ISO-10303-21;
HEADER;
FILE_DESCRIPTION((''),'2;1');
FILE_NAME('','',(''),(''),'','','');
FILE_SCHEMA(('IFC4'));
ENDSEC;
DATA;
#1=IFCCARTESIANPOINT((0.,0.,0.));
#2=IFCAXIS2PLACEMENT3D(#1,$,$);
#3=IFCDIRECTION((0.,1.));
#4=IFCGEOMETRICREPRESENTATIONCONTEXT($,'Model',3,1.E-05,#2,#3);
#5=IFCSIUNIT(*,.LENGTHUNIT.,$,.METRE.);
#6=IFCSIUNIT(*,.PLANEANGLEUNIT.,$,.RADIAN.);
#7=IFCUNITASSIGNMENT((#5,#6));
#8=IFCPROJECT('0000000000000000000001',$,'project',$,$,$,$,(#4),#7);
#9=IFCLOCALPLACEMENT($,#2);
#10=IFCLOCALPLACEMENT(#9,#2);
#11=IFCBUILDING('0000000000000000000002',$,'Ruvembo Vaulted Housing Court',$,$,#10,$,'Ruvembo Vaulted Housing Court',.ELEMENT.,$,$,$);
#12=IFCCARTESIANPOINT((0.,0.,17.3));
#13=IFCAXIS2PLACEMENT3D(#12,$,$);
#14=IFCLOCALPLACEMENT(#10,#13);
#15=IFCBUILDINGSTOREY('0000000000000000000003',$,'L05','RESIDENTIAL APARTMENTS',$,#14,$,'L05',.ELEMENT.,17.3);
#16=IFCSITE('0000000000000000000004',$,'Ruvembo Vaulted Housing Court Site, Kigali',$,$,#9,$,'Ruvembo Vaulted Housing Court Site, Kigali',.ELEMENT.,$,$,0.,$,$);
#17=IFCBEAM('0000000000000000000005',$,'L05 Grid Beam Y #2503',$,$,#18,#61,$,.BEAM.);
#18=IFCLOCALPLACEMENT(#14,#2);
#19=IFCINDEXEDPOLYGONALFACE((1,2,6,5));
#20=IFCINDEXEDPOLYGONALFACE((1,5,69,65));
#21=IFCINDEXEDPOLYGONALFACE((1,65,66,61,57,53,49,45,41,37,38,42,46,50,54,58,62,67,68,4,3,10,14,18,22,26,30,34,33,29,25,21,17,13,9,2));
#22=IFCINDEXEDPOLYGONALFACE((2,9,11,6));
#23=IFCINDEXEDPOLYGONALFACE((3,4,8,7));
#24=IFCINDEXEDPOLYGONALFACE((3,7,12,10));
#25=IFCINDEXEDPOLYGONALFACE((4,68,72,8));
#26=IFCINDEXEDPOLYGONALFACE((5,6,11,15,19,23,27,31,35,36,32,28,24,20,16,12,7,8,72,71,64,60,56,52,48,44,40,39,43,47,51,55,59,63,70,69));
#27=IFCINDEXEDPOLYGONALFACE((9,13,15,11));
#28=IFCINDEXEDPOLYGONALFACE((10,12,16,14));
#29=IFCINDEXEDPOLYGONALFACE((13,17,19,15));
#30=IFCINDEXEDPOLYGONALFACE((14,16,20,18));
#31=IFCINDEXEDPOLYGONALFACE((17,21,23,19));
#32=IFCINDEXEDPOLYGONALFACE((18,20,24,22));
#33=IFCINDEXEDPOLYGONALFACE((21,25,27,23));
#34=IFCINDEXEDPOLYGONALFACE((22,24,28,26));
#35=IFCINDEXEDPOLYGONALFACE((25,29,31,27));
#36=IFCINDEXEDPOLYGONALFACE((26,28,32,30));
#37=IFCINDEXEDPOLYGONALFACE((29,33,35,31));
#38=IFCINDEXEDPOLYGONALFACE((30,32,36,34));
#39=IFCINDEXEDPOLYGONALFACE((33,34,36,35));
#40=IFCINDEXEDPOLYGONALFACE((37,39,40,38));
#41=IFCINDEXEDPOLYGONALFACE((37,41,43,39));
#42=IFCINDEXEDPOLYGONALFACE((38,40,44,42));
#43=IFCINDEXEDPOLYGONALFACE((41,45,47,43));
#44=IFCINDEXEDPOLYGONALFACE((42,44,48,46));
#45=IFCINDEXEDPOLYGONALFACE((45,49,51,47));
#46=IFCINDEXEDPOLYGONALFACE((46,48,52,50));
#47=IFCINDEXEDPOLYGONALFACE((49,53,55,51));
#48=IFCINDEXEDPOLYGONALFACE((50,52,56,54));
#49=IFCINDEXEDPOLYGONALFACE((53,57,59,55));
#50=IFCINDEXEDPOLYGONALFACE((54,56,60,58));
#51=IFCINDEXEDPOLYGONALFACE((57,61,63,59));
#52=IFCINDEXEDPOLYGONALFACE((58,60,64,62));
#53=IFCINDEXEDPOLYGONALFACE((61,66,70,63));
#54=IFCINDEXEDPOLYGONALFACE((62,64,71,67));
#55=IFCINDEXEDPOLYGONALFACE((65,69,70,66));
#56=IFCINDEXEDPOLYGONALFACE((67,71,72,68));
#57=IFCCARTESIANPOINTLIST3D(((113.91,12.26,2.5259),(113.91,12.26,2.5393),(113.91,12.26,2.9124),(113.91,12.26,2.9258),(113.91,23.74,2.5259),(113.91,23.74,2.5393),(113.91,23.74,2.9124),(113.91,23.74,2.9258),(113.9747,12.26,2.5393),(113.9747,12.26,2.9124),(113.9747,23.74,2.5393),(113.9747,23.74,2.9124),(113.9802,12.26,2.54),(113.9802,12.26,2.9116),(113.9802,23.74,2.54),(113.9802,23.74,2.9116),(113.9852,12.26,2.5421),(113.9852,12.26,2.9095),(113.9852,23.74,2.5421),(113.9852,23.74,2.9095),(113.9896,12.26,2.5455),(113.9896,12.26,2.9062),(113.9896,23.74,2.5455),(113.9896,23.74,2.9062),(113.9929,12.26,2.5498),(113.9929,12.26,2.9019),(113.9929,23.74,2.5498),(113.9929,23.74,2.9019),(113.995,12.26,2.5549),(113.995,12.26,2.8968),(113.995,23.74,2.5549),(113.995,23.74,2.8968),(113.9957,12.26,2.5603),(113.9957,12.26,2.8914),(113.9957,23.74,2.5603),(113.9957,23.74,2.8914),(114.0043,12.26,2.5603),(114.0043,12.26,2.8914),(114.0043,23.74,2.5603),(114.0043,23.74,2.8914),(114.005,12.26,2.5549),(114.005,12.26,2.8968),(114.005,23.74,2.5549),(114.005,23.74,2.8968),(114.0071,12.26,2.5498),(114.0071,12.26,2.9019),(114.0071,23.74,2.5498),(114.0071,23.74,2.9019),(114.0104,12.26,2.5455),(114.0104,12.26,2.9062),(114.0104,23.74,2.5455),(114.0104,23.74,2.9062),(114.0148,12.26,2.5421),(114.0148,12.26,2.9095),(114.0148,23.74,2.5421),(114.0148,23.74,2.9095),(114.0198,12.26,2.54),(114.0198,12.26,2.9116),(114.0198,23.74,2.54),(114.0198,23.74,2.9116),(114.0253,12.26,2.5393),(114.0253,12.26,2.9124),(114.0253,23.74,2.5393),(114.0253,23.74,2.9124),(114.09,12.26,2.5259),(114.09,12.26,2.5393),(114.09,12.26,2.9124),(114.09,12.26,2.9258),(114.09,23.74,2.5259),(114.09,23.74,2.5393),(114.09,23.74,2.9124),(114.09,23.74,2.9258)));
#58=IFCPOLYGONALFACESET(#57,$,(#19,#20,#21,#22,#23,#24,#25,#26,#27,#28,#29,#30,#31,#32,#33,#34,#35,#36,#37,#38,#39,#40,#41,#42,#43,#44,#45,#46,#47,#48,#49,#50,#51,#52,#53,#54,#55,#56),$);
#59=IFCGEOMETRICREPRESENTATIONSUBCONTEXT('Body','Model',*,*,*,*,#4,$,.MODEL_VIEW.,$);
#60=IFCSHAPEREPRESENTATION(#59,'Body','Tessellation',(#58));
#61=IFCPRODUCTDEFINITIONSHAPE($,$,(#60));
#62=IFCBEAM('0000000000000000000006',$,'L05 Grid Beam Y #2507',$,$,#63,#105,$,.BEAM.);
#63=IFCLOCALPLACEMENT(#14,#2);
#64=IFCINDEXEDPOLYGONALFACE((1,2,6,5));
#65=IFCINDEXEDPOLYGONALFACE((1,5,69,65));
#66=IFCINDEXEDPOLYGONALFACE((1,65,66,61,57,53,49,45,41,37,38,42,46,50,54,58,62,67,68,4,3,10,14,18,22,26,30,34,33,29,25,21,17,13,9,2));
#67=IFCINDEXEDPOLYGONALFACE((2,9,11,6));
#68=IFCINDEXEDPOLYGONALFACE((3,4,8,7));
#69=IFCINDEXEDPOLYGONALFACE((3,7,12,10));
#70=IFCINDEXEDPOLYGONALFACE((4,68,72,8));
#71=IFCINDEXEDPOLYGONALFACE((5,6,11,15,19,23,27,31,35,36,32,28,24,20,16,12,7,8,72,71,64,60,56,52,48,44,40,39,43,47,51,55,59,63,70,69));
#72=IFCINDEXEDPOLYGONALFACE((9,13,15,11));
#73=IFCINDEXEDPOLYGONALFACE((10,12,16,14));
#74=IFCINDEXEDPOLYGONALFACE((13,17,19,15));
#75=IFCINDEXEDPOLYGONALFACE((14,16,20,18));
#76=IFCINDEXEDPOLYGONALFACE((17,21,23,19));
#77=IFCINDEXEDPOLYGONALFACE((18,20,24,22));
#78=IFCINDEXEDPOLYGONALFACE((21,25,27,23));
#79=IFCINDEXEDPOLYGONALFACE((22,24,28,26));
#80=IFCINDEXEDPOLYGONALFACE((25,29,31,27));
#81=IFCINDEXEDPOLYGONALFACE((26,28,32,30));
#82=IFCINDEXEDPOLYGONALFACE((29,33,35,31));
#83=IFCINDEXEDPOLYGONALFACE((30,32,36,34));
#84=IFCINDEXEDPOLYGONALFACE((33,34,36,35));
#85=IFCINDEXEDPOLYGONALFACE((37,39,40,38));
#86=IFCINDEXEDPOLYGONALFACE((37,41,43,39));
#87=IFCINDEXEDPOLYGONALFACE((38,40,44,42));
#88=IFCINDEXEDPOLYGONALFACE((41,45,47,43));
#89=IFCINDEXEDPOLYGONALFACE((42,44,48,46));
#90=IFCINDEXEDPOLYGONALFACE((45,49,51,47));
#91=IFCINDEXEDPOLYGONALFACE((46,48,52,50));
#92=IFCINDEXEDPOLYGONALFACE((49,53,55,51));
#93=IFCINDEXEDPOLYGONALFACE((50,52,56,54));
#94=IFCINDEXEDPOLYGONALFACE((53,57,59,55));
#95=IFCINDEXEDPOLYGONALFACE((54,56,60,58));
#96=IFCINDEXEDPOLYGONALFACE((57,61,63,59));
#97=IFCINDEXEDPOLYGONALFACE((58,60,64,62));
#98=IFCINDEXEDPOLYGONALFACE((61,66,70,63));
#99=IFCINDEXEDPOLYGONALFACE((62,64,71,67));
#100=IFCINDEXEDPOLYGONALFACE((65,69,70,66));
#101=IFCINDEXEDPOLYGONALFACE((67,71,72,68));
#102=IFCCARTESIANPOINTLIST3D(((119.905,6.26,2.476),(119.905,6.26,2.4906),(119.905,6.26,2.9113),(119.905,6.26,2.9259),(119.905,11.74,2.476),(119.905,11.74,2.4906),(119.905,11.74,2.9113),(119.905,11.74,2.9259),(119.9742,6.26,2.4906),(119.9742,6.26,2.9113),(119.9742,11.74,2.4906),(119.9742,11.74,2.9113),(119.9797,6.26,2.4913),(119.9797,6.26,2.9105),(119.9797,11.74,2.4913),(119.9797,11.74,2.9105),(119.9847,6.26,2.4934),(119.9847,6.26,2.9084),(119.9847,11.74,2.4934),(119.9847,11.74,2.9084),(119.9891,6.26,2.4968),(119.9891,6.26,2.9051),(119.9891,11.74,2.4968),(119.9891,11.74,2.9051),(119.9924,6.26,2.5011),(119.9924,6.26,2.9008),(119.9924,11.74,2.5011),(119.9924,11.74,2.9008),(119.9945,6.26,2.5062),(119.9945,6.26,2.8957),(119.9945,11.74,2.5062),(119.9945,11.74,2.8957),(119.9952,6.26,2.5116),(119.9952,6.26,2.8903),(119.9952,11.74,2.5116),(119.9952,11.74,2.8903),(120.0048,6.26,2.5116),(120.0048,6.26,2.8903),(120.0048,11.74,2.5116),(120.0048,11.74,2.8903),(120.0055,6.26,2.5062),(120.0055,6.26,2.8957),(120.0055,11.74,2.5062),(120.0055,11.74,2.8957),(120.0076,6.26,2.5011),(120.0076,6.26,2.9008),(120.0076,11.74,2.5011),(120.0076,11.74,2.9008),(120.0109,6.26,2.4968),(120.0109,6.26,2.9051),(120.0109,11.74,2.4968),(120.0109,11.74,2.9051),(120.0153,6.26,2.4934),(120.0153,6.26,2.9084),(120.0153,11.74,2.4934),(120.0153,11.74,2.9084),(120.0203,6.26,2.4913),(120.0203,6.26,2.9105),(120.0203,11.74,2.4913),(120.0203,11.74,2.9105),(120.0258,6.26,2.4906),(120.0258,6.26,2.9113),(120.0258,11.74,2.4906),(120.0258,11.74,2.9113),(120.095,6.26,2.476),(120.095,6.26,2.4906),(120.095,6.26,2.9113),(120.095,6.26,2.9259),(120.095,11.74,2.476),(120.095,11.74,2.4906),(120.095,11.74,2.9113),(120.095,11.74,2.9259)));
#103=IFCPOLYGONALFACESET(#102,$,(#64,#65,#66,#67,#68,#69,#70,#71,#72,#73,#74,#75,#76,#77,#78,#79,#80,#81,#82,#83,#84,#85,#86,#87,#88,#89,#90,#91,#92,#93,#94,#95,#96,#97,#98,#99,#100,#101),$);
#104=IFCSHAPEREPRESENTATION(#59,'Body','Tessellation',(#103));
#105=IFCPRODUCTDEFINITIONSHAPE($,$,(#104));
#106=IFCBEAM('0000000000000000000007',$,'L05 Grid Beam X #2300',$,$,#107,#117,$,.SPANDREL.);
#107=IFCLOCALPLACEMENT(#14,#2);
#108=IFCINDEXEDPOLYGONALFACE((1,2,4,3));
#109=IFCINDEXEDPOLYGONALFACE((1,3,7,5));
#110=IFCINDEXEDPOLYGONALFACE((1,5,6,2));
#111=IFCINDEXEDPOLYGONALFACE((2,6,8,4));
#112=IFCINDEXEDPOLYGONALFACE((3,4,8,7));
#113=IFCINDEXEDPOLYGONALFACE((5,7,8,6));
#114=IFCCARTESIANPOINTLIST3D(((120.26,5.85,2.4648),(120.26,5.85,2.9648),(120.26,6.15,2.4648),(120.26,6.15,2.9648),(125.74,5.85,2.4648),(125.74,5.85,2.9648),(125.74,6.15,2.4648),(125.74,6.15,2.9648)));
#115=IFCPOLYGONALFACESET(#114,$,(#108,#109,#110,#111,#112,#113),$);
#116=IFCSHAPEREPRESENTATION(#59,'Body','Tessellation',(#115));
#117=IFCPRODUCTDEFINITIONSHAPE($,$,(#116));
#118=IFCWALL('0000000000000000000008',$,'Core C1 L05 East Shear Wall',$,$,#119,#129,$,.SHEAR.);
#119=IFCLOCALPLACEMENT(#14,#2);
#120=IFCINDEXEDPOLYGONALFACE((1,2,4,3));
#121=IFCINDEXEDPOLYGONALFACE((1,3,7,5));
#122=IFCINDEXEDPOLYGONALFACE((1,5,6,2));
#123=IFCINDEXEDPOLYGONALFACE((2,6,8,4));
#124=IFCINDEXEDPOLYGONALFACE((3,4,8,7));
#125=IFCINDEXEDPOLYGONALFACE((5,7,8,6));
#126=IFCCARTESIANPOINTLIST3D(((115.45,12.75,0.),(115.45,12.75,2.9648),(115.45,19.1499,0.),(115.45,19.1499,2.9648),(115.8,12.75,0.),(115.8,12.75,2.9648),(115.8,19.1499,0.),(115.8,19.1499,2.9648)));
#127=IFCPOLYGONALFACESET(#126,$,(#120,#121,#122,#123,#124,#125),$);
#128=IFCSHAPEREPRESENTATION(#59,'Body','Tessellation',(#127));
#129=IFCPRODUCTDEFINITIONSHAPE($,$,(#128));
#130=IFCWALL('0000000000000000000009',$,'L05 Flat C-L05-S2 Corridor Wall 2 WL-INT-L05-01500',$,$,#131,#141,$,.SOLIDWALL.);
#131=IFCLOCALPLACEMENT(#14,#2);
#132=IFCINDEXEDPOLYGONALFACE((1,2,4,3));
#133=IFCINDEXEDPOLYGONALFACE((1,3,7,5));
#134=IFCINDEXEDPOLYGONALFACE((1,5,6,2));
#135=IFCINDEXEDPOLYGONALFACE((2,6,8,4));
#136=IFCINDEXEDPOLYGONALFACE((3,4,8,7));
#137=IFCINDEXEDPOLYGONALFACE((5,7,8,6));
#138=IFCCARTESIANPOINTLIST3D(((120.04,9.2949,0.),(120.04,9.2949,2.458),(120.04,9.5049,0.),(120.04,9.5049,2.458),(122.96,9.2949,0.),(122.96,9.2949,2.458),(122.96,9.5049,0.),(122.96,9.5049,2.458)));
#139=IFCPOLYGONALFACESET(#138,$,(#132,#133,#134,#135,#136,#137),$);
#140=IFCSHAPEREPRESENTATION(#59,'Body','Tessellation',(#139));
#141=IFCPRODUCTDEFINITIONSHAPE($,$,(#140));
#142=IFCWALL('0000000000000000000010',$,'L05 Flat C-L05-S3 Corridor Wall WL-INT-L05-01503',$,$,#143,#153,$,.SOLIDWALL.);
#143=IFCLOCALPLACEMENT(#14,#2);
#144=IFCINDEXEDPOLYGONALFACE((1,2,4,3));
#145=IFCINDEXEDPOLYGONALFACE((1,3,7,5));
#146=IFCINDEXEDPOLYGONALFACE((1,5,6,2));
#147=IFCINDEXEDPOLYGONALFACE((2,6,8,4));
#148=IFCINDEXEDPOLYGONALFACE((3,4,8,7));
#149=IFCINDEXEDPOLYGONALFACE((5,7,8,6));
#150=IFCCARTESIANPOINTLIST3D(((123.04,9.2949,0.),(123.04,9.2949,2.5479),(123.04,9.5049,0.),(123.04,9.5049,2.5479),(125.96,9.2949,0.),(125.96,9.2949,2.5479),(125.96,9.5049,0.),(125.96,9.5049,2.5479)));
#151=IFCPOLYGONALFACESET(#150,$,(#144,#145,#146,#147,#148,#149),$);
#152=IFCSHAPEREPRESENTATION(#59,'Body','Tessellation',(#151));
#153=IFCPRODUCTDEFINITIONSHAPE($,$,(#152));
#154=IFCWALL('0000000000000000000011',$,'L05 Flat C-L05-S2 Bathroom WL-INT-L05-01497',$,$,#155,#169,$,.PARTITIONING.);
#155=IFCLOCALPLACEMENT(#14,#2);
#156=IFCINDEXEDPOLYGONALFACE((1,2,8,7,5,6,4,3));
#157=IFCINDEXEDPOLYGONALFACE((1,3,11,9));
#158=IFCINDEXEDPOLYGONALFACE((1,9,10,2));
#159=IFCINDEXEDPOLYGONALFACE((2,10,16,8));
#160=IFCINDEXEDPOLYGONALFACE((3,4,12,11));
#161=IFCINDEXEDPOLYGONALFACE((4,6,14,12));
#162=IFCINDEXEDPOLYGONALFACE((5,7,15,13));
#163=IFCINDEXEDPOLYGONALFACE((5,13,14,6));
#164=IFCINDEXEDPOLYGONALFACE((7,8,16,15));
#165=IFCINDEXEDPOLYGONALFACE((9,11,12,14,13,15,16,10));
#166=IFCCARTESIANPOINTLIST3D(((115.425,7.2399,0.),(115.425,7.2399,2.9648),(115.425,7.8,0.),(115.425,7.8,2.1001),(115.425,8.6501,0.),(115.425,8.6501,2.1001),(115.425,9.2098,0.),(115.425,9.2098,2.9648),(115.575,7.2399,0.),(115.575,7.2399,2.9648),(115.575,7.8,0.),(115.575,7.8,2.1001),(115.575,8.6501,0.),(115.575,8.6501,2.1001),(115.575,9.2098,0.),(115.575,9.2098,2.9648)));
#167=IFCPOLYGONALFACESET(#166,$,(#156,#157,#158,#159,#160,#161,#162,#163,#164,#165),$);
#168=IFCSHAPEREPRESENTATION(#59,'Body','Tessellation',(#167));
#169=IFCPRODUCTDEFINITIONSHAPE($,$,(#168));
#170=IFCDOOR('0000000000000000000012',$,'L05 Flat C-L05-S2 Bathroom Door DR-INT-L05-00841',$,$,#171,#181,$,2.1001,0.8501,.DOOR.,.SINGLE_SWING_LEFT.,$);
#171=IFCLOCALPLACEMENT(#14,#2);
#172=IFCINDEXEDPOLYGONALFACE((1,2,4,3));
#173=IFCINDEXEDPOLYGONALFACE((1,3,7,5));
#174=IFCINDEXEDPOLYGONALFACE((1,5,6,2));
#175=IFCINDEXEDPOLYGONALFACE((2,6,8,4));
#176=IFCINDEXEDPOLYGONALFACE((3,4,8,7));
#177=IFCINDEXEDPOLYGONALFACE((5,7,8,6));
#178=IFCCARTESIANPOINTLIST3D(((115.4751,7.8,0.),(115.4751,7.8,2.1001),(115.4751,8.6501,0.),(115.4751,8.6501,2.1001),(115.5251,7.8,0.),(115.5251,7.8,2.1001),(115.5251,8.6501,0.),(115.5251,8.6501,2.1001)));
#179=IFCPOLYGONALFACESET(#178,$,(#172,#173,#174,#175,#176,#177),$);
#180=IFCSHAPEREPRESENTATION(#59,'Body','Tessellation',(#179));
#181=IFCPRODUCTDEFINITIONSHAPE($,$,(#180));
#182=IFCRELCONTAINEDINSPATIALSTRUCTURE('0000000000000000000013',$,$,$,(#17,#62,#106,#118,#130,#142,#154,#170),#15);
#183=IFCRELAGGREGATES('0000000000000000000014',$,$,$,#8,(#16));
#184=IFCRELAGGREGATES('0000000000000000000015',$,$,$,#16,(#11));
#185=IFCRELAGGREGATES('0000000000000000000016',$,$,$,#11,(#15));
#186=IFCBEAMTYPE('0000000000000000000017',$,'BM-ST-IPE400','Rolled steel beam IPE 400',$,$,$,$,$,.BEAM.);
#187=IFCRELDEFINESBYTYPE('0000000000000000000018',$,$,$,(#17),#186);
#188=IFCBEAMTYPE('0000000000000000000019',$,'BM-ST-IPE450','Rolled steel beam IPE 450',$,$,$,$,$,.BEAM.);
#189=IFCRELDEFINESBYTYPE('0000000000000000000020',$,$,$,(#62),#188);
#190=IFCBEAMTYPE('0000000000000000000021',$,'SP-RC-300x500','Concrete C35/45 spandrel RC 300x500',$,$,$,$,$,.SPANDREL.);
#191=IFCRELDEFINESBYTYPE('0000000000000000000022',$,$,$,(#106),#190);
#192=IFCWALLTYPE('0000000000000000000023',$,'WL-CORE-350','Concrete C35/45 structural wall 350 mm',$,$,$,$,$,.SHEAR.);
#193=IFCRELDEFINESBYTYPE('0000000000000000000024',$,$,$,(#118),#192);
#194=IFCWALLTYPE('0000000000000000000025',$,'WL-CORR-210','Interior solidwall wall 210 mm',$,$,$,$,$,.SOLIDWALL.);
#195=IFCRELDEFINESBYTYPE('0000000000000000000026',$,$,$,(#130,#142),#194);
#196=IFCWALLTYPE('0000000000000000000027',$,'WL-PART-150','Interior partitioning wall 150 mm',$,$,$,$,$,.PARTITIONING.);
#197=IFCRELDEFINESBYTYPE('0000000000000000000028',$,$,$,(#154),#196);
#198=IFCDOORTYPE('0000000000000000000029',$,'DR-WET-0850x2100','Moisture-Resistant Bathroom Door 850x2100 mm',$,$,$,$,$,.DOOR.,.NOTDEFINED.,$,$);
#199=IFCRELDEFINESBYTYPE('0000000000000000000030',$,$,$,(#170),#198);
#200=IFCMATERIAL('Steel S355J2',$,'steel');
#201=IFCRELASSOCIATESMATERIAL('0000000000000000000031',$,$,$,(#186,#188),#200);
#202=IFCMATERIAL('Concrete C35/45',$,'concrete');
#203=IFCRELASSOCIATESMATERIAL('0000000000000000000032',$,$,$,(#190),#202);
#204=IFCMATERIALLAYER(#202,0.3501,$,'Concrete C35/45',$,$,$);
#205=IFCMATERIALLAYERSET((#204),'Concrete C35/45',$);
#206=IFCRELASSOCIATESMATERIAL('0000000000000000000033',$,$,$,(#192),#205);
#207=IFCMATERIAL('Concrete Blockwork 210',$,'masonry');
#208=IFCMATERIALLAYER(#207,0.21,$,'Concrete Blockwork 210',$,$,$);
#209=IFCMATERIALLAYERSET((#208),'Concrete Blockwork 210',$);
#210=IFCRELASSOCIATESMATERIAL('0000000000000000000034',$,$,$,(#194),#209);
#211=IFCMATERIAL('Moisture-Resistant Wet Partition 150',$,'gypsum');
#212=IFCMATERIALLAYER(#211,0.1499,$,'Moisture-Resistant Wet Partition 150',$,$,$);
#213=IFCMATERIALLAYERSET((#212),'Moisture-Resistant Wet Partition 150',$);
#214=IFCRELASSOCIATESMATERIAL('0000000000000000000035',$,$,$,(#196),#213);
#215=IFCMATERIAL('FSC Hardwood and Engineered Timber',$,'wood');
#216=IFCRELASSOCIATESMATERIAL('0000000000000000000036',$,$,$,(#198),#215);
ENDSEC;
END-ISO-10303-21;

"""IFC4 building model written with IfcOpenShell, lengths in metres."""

from ifc_helpers import new_model, si_unit, direction, frame, frame_2d, origin, origin_2d, place, context, subcontext, project, spatial, rectangle, i_section, extrude, material, layer, layer_set, material_profile, profile_set, type_object, element, fill, save


model = new_model("IFC4")

# Units and contexts
model_context = context("Model", 3, precision=1e-05, world=origin(), true_north=direction((0.0, 1.0)))
body_context = subcontext(model_context, "Body", "Model", "MODEL_VIEW")
ifc_project = project(units=[si_unit("LENGTHUNIT", "METRE"), si_unit("PLANEANGLEUNIT", "RADIAN")], contexts=[model_context])

# Site, building, storey
site_placement = place(None, origin())
site = spatial("IfcSite", under=ifc_project, at=site_placement, Name="Ruvembo Vaulted Housing Court Site, Kigali", LongName="Ruvembo Vaulted Housing Court Site, Kigali", CompositionType="ELEMENT", RefElevation=0.0)
building_placement = place(site_placement, origin())
building = spatial("IfcBuilding", under=site, at=building_placement, Name="Ruvembo Vaulted Housing Court", LongName="Ruvembo Vaulted Housing Court", CompositionType="ELEMENT")
storey_placement = place(building_placement, frame((0.0, 0.0, 17.3)))
storey = spatial("IfcBuildingStorey", under=building, at=storey_placement, Name="L05", Description="RESIDENTIAL APARTMENTS", LongName="L05", CompositionType="ELEMENT", Elevation=17.3)

# Shared definitions
ifc_material_1 = material(Name="Concrete C35/45", Category="concrete")

# Beams
ifc_material_2 = material(Name="Steel S355J2", Category="steel")
ifc_material_profile_1 = material_profile(ifc_material_2, i_section(OverallWidth=0.1799, OverallDepth=0.3999, WebThickness=0.0085, FlangeThickness=0.0134, FilletRadius=0.021, at=origin_2d()), Name="IPE 400")
ifc_profile_set_1 = profile_set([ifc_material_profile_1], Name="Steel S355J2")
beam_type_1 = type_object("IfcBeamType", Name="BM-ST-IPE400", Description="Rolled steel beam IPE 400", PredefinedType="BEAM", material=ifc_profile_set_1)
beam_1_placement = place(storey_placement, frame((114.0, 12.26, 2.7258), z_axis=(0.0, 1.0, 0.0), x_axis=(-1.0, 0.0, 0.0)))
element("IfcBeam", 1, at=beam_1_placement, inside=storey, type_object=beam_type_1, Name="L05 Grid Beam Y #2503", PredefinedType="BEAM", context=body_context, shape_type="SweptSolid", body=[
    extrude(i_section(OverallWidth=0.1799, OverallDepth=0.3999, WebThickness=0.0085, FlangeThickness=0.0134, FilletRadius=0.021, at=origin_2d()), origin(), (0.0, 0.0, 1.0), 11.48),
])
ifc_material_profile_2 = material_profile(ifc_material_2, i_section(OverallWidth=0.1899, OverallDepth=0.45, WebThickness=0.0095, FlangeThickness=0.0146, FilletRadius=0.021, at=origin_2d()), Name="IPE 450")
ifc_profile_set_2 = profile_set([ifc_material_profile_2], Name="Steel S355J2")
beam_type_2 = type_object("IfcBeamType", Name="BM-ST-IPE450", Description="Rolled steel beam IPE 450", PredefinedType="BEAM", material=ifc_profile_set_2)
beam_2_placement = place(storey_placement, frame((120.0, 6.26, 2.7009), z_axis=(0.0, 1.0, 0.0), x_axis=(-1.0, 0.0, 0.0)))
element("IfcBeam", 2, at=beam_2_placement, inside=storey, type_object=beam_type_2, Name="L05 Grid Beam Y #2507", PredefinedType="BEAM", context=body_context, shape_type="SweptSolid", body=[
    extrude(i_section(OverallWidth=0.1899, OverallDepth=0.45, WebThickness=0.0095, FlangeThickness=0.0146, FilletRadius=0.021, at=origin_2d()), origin(), (0.0, 0.0, 1.0), 5.48),
])
ifc_material_profile_3 = material_profile(ifc_material_1, rectangle(XDim=0.3, YDim=0.5, at=origin_2d()), Name="RC 300x500")
ifc_profile_set_3 = profile_set([ifc_material_profile_3], Name="Concrete C35/45")
beam_type_3 = type_object("IfcBeamType", Name="SP-RC-300x500", Description="Concrete C35/45 spandrel RC 300x500", PredefinedType="SPANDREL", material=ifc_profile_set_3)
beam_3_placement = place(storey_placement, frame((120.26, 6.0, 2.7148), z_axis=(1.0, 0.0, 0.0), x_axis=(0.0, 1.0, 0.0)))
element("IfcBeam", 3, at=beam_3_placement, inside=storey, type_object=beam_type_3, Name="L05 Grid Beam X #2300", PredefinedType="SPANDREL", context=body_context, shape_type="SweptSolid", body=[
    extrude(rectangle(XDim=0.3, YDim=0.5, at=origin_2d()), origin(), (0.0, 0.0, 1.0), 5.48),
])

# Wall
ifc_layer_1 = layer(ifc_material_1, 0.3501, Name="Concrete C35/45")
ifc_layer_set_1 = layer_set([ifc_layer_1], Name="Concrete C35/45")
wall_type_1 = type_object("IfcWallType", Name="WL-CORE-350", Description="Concrete C35/45 structural wall 350 mm", PredefinedType="SHEAR", material=ifc_layer_set_1)
wall_1_placement = place(storey_placement, frame((115.625, 12.75, 0.0), z_axis=(0.0, 0.0, 1.0), x_axis=(0.0, 1.0, 0.0)))
element("IfcWall", 4, at=wall_1_placement, inside=storey, type_object=wall_type_1, Name="Core C1 L05 East Shear Wall", PredefinedType="SHEAR", context=body_context, shape_type="SweptSolid", body=[
    extrude(rectangle(XDim=6.3999, YDim=0.3501, at=frame_2d((3.2, 0.0))), origin(), (0.0, 0.0, 1.0), 2.9648),
])

# Shared definitions
ifc_material_3 = material(Name="Concrete Blockwork 210", Category="masonry")
ifc_layer_2 = layer(ifc_material_3, 0.21, Name="Concrete Blockwork 210")
ifc_layer_set_2 = layer_set([ifc_layer_2], Name="Concrete Blockwork 210")
wall_type_2 = type_object("IfcWallType", Name="WL-CORR-210", Description="Interior solidwall wall 210 mm", PredefinedType="SOLIDWALL", material=ifc_layer_set_2)
ifc_material_4 = material(Name="FSC Hardwood and Engineered Timber", Category="wood")

# Walls
wall_2_placement = place(storey_placement, frame((120.04, 9.3999, 0.0), z_axis=(0.0, 0.0, 1.0), x_axis=(1.0, 0.0, 0.0)))
element("IfcWall", 5, at=wall_2_placement, inside=storey, type_object=wall_type_2, Name="L05 Flat C-L05-S2 Corridor Wall 2 WL-INT-L05-01500", PredefinedType="SOLIDWALL", context=body_context, shape_type="SweptSolid", body=[
    extrude(rectangle(XDim=2.9199, YDim=0.21, at=frame_2d((1.46, 0.0))), origin(), (0.0, 0.0, 1.0), 2.458),
])
wall_3_placement = place(storey_placement, frame((123.04, 9.3999, 0.0), z_axis=(0.0, 0.0, 1.0), x_axis=(1.0, 0.0, 0.0)))
element("IfcWall", 6, at=wall_3_placement, inside=storey, type_object=wall_type_2, Name="L05 Flat C-L05-S3 Corridor Wall WL-INT-L05-01503", PredefinedType="SOLIDWALL", context=body_context, shape_type="SweptSolid", body=[
    extrude(rectangle(XDim=2.9199, YDim=0.21, at=frame_2d((1.46, 0.0))), origin(), (0.0, 0.0, 1.0), 2.5479),
])

# Wall, opening, door
ifc_material_5 = material(Name="Moisture-Resistant Wet Partition 150", Category="gypsum")
ifc_layer_3 = layer(ifc_material_5, 0.1499, Name="Moisture-Resistant Wet Partition 150")
ifc_layer_set_3 = layer_set([ifc_layer_3], Name="Moisture-Resistant Wet Partition 150")
wall_type_3 = type_object("IfcWallType", Name="WL-PART-150", Description="Interior partitioning wall 150 mm", PredefinedType="PARTITIONING", material=ifc_layer_set_3)
wall_4_placement = place(storey_placement, frame((115.5, 7.24, 0.0), z_axis=(0.0, 0.0, 1.0), x_axis=(0.0, 1.0, 0.0)))
wall_4 = element("IfcWall", 7, at=wall_4_placement, inside=storey, type_object=wall_type_3, Name="L05 Flat C-L05-S2 Bathroom WL-INT-L05-01497", PredefinedType="PARTITIONING", context=body_context, shape_type="SweptSolid", body=[
    extrude(rectangle(XDim=1.97, YDim=0.1499, at=frame_2d((0.9849, 0.0))), origin(), (0.0, 0.0, 1.0), 2.9648),
])
opening_1_placement = place(wall_4_placement, frame((0.5601, 0.0, 0.0)))
opening_1 = element("IfcOpeningElement", 8, at=opening_1_placement, cuts=wall_4, PredefinedType="OPENING", context=body_context, shape_type="SweptSolid", body=[
    extrude(rectangle(XDim=0.8501, YDim=2.1001, at=frame_2d((0.425, 1.05))), frame((0.0, 0.085, 0.0), z_axis=(0.0, -1.0, 0.0), x_axis=(1.0, 0.0, 0.0)), (0.0, 0.0, 1.0), 0.1699),
])
door_type_1 = type_object("IfcDoorType", Name="DR-WET-0850x2100", Description="Moisture-Resistant Bathroom Door 850x2100 mm", OperationType="NOTDEFINED", PredefinedType="DOOR", material=ifc_material_4)
door_1_placement = place(opening_1_placement, origin())
door_1 = element("IfcDoor", 9, at=door_1_placement, inside=storey, type_object=door_type_1, Name="L05 Flat C-L05-S2 Bathroom Door DR-INT-L05-00841", OperationType="SINGLE_SWING_LEFT", OverallHeight=2.1001, OverallWidth=0.8501, PredefinedType="DOOR", context=body_context, shape_type="SweptSolid", body=[
    extrude(rectangle(XDim=0.8501, YDim=2.1001, at=frame_2d((0.425, 1.05))), frame((0.0, 0.0249, 0.0), z_axis=(0.0, -1.0, 0.0), x_axis=(1.0, 0.0, 0.0)), (0.0, 0.0, 1.0), 0.05),
])
fill(opening_1, door_1)

save(model, "model.ifc")
